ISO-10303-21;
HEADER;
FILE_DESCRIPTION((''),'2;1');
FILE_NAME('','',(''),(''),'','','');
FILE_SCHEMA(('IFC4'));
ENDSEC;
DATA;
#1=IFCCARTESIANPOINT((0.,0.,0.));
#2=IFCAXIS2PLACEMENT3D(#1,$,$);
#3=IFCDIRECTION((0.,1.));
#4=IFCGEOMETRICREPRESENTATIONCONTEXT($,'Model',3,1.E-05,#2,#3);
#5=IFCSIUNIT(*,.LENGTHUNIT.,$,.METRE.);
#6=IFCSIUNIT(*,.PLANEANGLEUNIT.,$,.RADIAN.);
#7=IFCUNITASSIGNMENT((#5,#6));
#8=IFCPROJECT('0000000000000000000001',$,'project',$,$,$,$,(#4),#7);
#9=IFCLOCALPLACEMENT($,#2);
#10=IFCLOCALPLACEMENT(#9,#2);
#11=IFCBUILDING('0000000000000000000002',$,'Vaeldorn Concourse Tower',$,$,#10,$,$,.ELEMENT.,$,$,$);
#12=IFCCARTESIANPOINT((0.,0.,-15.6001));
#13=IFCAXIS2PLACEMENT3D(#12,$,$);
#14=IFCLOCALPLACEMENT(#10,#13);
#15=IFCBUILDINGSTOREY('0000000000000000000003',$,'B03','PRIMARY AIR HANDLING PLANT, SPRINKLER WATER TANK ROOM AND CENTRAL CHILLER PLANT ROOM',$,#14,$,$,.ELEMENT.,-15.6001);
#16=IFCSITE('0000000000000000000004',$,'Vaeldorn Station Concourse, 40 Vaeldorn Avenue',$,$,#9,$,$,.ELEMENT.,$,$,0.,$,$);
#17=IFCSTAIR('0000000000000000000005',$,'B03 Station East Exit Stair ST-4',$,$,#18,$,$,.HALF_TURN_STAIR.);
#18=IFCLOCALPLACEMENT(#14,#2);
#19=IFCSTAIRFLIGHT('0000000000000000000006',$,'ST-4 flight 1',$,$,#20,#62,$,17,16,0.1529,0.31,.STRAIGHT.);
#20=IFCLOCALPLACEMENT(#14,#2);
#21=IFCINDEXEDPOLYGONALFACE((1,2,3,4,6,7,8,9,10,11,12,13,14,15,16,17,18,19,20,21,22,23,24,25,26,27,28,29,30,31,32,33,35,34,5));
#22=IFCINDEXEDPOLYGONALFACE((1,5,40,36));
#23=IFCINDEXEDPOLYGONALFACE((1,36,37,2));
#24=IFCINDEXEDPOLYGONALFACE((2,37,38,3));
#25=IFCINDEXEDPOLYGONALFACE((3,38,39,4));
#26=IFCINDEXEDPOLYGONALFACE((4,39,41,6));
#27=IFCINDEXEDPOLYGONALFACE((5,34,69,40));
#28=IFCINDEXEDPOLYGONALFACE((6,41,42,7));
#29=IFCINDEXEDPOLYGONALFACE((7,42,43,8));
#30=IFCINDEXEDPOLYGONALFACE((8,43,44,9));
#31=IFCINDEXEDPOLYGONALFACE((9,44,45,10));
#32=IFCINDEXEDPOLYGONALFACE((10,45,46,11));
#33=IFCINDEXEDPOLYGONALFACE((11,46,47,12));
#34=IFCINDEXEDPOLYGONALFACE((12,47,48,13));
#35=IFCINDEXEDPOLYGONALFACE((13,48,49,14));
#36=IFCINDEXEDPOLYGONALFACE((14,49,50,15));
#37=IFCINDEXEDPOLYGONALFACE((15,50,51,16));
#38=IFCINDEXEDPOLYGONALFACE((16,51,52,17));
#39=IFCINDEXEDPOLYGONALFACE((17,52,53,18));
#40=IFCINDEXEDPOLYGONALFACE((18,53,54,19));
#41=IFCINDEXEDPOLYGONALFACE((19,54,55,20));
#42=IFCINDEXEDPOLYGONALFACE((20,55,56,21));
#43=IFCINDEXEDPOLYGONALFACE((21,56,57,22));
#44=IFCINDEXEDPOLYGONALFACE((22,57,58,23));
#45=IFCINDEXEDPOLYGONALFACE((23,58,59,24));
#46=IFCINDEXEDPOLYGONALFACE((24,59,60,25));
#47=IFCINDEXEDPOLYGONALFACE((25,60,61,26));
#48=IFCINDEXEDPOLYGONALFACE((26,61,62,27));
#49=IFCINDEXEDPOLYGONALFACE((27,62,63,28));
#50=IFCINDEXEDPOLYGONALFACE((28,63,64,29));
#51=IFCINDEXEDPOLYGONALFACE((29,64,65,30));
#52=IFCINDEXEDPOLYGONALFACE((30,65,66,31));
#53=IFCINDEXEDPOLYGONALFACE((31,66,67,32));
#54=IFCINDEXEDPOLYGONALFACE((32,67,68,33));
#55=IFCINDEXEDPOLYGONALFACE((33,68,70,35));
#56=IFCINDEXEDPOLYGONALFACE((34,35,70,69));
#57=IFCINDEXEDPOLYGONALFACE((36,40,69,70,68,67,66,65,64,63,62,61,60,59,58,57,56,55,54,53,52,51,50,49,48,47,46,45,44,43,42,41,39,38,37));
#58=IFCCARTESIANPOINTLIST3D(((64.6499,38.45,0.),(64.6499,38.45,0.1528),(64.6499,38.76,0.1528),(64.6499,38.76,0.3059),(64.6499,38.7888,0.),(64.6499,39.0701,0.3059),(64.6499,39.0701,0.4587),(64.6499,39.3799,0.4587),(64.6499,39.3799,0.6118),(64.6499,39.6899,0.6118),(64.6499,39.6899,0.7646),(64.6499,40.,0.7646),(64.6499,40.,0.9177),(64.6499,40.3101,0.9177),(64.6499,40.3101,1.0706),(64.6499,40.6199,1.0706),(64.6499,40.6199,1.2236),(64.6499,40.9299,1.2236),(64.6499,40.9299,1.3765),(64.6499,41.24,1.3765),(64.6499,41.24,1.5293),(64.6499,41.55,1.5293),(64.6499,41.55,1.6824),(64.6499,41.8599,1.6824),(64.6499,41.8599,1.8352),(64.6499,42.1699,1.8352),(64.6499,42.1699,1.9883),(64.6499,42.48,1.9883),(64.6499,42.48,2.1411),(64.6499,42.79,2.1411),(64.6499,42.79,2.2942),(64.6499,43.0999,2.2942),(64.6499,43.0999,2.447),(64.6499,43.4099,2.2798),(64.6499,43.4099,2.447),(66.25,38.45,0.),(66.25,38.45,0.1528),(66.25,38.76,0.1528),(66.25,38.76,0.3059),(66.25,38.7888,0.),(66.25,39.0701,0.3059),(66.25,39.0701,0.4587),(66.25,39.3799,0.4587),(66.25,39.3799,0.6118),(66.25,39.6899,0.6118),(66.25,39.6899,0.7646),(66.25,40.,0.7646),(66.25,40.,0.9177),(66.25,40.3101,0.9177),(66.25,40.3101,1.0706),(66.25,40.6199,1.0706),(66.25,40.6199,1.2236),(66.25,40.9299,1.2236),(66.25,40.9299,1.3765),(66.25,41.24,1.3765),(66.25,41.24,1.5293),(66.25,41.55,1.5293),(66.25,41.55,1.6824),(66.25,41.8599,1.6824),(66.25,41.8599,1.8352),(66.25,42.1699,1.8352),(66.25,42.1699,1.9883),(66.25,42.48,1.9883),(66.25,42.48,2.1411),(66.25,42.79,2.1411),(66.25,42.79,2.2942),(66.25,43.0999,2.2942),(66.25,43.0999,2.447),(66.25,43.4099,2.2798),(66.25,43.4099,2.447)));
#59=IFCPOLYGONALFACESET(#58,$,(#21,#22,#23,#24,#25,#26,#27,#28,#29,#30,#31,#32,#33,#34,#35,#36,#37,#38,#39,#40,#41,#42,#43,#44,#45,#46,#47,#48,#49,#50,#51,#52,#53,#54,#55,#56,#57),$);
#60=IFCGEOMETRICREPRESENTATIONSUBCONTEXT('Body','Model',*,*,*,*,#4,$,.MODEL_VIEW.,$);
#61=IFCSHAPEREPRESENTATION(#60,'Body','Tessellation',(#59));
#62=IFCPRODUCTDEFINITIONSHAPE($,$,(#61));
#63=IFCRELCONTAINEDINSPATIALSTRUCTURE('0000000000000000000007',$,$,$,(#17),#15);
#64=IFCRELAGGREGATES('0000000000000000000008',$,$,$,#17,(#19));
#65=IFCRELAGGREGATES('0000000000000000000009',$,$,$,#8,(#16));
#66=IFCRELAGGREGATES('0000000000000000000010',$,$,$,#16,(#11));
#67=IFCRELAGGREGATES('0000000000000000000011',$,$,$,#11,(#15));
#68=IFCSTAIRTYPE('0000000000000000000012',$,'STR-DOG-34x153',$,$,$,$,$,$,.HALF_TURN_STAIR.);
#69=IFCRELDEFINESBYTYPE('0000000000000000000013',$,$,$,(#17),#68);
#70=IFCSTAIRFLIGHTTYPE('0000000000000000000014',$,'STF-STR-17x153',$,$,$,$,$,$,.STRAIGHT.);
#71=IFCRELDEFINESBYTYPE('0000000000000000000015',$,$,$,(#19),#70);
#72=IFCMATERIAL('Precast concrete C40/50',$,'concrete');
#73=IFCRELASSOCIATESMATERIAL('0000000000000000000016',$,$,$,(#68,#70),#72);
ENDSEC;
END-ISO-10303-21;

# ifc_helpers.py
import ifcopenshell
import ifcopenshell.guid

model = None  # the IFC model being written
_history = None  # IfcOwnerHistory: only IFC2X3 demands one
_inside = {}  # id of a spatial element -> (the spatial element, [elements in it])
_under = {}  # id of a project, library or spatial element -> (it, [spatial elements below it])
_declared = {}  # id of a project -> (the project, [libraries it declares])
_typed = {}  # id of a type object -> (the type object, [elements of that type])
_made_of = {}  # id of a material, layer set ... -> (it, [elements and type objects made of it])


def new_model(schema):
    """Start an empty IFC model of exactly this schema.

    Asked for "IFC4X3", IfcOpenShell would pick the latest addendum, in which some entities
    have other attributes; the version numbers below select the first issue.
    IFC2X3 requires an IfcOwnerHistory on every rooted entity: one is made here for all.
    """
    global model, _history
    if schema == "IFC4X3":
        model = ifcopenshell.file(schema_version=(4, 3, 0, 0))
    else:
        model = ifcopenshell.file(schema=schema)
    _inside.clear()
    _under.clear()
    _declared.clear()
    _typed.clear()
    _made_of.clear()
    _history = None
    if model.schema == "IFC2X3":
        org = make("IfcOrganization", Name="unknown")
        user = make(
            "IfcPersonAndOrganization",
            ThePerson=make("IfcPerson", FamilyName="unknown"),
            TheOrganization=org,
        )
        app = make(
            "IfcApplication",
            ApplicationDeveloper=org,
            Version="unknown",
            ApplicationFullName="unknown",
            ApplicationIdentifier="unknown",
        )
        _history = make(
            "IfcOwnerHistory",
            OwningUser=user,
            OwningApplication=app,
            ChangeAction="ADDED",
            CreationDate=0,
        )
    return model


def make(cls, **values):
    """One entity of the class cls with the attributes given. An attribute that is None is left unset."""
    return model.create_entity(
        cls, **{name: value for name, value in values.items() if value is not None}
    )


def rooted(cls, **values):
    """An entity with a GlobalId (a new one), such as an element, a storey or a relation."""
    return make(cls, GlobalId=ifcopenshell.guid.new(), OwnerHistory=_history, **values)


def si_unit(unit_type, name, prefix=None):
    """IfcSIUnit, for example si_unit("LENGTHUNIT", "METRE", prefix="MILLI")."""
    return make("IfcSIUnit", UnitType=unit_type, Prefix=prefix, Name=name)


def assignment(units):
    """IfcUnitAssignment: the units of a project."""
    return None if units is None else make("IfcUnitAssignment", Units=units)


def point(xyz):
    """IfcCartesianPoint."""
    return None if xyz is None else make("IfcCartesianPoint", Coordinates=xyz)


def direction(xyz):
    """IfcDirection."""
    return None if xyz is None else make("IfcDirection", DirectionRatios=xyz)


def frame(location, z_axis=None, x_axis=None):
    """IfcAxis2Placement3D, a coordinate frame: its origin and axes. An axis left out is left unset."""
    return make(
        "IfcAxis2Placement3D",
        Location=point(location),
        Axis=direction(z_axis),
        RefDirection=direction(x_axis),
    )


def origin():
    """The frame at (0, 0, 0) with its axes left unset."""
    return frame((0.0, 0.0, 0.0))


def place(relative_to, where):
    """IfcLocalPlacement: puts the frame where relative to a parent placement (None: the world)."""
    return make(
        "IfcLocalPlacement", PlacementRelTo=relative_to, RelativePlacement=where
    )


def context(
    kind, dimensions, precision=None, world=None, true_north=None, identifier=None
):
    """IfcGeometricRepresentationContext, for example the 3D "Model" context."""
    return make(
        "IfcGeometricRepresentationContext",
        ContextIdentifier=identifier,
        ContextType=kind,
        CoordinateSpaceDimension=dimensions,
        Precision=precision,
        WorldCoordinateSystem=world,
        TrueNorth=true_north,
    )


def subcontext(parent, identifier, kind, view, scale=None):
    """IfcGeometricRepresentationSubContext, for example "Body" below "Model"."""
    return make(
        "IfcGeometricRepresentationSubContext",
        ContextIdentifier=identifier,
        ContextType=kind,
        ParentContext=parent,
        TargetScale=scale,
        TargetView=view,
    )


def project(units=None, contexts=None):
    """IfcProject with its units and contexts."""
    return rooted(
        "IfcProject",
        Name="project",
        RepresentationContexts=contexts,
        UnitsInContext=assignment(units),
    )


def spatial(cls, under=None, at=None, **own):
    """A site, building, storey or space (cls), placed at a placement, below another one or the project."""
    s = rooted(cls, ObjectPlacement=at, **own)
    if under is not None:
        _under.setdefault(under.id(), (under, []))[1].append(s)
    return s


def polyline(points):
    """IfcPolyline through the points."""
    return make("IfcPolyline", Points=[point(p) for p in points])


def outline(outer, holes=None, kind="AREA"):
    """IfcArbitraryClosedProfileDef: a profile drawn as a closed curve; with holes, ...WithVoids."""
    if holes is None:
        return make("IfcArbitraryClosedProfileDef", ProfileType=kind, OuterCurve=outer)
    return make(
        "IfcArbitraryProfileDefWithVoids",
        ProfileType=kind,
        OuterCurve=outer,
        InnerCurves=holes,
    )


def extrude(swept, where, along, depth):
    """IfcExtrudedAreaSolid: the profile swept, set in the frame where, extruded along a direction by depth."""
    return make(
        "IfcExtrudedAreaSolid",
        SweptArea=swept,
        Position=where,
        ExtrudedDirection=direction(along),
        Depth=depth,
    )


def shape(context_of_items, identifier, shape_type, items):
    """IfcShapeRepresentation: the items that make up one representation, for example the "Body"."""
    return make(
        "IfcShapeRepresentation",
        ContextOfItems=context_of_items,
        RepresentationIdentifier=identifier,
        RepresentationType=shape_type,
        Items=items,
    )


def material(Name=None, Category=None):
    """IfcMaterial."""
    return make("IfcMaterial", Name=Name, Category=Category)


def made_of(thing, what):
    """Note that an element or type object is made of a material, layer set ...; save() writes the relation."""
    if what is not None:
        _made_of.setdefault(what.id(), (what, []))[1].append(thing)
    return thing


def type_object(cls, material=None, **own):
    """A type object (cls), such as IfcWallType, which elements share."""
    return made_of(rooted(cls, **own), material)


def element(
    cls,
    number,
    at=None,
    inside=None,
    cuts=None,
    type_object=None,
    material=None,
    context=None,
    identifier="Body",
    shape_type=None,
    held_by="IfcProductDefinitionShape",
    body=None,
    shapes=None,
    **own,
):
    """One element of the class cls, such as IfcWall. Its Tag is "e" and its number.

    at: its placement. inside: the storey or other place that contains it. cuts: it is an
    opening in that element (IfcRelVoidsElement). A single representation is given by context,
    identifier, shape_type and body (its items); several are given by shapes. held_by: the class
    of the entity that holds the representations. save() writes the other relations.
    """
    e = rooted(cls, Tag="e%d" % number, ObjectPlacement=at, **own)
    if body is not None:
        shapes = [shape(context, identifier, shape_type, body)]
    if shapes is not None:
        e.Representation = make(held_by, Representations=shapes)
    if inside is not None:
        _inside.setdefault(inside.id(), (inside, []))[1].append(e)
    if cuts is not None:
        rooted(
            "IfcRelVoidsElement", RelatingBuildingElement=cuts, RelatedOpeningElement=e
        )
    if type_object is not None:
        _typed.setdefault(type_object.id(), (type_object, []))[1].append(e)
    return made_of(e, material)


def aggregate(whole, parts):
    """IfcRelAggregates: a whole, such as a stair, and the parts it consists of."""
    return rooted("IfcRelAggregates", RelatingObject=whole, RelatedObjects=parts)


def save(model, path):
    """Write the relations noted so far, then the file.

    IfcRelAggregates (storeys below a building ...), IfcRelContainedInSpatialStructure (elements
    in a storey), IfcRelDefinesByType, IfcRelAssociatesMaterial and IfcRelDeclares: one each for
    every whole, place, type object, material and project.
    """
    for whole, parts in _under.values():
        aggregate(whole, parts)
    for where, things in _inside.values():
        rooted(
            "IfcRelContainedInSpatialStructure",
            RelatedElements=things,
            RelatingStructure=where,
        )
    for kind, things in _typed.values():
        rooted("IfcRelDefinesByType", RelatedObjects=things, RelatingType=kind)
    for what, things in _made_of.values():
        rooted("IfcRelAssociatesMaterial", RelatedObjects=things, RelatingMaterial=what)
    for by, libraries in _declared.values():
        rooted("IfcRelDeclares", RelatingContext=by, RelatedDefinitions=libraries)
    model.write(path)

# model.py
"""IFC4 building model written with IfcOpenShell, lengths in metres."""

from ifc_helpers import new_model, si_unit, direction, frame, origin, place, context, subcontext, project, spatial, polyline, outline, extrude, material, type_object, element, aggregate, save


model = new_model("IFC4")

# Units and contexts
model_context = context("Model", 3, precision=1e-05, world=origin(), true_north=direction((0.0, 1.0)))
body_context = subcontext(model_context, "Body", "Model", "MODEL_VIEW")
ifc_project = project(units=[si_unit("LENGTHUNIT", "METRE"), si_unit("PLANEANGLEUNIT", "RADIAN")], contexts=[model_context])

# Site, building, storey
site_placement = place(None, origin())
site = spatial("IfcSite", under=ifc_project, at=site_placement, Name="Vaeldorn Station Concourse, 40 Vaeldorn Avenue", CompositionType="ELEMENT", RefElevation=0.0)
building_placement = place(site_placement, origin())
building = spatial("IfcBuilding", under=site, at=building_placement, Name="Vaeldorn Concourse Tower", CompositionType="ELEMENT")
storey_placement = place(building_placement, frame((0.0, 0.0, -15.6001)))
storey = spatial("IfcBuildingStorey", under=building, at=storey_placement, Name="B03", Description="PRIMARY AIR HANDLING PLANT, SPRINKLER WATER TANK ROOM AND CENTRAL CHILLER PLANT ROOM", CompositionType="ELEMENT", Elevation=-15.6001)

# Stair, stair flight
ifc_material_1 = material(Name="Precast concrete C40/50", Category="concrete")
stair_type = type_object("IfcStairType", Name="STR-DOG-34x153", PredefinedType="HALF_TURN_STAIR", material=ifc_material_1)
stair_flight_type = type_object("IfcStairFlightType", Name="STF-STR-17x153", PredefinedType="STRAIGHT", material=ifc_material_1)
stair_1_placement = place(storey_placement, origin())
stair_1 = element("IfcStair", 1, at=stair_1_placement, inside=storey, type_object=stair_type, Name="B03 Station East Exit Stair ST-4", PredefinedType="HALF_TURN_STAIR")
stair_flight_1_placement = place(storey_placement, frame((65.45, 38.45, 0.0), z_axis=(0.0, 0.0, 1.0), x_axis=(0.0, 1.0, 0.0)))
stair_flight_1 = element("IfcStairFlight", 2, at=stair_flight_1_placement, type_object=stair_flight_type, Name="ST-4 flight 1", NumberOfRisers=17, NumberOfTreads=16, PredefinedType="STRAIGHT", RiserHeight=0.1529, TreadLength=0.31, context=body_context, shape_type="SweptSolid", body=[
    extrude(outline(polyline([(0.0, 0.0), (0.0, 0.1528), (0.3101, 0.1528), (0.3101, 0.3059), (0.6201, 0.3059), (0.6201, 0.4587), (0.9299, 0.4587), (0.9299, 0.6118), (1.24, 0.6118), (1.24, 0.7646), (1.55, 0.7646), (1.55, 0.9177), (1.8601, 0.9177), (1.8601, 1.0706), (2.1699, 1.0706), (2.1699, 1.2236), (2.48, 1.2236), (2.48, 1.3765), (2.79, 1.3765), (2.79, 1.5293), (3.1001, 1.5293), (3.1001, 1.6824), (3.4099, 1.6824), (3.4099, 1.8352), (3.72, 1.8352), (3.72, 1.9883), (4.03, 1.9883), (4.03, 2.1411), (4.3401, 2.1411), (4.3401, 2.2942), (4.6499, 2.2942), (4.6499, 2.447), (4.96, 2.447), (4.96, 2.6001), (4.96, 2.2798), (0.3389, 0.0), (0.0, 0.0)])), frame((0.0, 0.8, 0.0), z_axis=(0.0, -1.0, 0.0), x_axis=(1.0, 0.0, 0.0)), (0.0, 0.0, 1.0), 1.6001),
])
aggregate(stair_1, [stair_flight_1])

save(model, "model.ifc")
